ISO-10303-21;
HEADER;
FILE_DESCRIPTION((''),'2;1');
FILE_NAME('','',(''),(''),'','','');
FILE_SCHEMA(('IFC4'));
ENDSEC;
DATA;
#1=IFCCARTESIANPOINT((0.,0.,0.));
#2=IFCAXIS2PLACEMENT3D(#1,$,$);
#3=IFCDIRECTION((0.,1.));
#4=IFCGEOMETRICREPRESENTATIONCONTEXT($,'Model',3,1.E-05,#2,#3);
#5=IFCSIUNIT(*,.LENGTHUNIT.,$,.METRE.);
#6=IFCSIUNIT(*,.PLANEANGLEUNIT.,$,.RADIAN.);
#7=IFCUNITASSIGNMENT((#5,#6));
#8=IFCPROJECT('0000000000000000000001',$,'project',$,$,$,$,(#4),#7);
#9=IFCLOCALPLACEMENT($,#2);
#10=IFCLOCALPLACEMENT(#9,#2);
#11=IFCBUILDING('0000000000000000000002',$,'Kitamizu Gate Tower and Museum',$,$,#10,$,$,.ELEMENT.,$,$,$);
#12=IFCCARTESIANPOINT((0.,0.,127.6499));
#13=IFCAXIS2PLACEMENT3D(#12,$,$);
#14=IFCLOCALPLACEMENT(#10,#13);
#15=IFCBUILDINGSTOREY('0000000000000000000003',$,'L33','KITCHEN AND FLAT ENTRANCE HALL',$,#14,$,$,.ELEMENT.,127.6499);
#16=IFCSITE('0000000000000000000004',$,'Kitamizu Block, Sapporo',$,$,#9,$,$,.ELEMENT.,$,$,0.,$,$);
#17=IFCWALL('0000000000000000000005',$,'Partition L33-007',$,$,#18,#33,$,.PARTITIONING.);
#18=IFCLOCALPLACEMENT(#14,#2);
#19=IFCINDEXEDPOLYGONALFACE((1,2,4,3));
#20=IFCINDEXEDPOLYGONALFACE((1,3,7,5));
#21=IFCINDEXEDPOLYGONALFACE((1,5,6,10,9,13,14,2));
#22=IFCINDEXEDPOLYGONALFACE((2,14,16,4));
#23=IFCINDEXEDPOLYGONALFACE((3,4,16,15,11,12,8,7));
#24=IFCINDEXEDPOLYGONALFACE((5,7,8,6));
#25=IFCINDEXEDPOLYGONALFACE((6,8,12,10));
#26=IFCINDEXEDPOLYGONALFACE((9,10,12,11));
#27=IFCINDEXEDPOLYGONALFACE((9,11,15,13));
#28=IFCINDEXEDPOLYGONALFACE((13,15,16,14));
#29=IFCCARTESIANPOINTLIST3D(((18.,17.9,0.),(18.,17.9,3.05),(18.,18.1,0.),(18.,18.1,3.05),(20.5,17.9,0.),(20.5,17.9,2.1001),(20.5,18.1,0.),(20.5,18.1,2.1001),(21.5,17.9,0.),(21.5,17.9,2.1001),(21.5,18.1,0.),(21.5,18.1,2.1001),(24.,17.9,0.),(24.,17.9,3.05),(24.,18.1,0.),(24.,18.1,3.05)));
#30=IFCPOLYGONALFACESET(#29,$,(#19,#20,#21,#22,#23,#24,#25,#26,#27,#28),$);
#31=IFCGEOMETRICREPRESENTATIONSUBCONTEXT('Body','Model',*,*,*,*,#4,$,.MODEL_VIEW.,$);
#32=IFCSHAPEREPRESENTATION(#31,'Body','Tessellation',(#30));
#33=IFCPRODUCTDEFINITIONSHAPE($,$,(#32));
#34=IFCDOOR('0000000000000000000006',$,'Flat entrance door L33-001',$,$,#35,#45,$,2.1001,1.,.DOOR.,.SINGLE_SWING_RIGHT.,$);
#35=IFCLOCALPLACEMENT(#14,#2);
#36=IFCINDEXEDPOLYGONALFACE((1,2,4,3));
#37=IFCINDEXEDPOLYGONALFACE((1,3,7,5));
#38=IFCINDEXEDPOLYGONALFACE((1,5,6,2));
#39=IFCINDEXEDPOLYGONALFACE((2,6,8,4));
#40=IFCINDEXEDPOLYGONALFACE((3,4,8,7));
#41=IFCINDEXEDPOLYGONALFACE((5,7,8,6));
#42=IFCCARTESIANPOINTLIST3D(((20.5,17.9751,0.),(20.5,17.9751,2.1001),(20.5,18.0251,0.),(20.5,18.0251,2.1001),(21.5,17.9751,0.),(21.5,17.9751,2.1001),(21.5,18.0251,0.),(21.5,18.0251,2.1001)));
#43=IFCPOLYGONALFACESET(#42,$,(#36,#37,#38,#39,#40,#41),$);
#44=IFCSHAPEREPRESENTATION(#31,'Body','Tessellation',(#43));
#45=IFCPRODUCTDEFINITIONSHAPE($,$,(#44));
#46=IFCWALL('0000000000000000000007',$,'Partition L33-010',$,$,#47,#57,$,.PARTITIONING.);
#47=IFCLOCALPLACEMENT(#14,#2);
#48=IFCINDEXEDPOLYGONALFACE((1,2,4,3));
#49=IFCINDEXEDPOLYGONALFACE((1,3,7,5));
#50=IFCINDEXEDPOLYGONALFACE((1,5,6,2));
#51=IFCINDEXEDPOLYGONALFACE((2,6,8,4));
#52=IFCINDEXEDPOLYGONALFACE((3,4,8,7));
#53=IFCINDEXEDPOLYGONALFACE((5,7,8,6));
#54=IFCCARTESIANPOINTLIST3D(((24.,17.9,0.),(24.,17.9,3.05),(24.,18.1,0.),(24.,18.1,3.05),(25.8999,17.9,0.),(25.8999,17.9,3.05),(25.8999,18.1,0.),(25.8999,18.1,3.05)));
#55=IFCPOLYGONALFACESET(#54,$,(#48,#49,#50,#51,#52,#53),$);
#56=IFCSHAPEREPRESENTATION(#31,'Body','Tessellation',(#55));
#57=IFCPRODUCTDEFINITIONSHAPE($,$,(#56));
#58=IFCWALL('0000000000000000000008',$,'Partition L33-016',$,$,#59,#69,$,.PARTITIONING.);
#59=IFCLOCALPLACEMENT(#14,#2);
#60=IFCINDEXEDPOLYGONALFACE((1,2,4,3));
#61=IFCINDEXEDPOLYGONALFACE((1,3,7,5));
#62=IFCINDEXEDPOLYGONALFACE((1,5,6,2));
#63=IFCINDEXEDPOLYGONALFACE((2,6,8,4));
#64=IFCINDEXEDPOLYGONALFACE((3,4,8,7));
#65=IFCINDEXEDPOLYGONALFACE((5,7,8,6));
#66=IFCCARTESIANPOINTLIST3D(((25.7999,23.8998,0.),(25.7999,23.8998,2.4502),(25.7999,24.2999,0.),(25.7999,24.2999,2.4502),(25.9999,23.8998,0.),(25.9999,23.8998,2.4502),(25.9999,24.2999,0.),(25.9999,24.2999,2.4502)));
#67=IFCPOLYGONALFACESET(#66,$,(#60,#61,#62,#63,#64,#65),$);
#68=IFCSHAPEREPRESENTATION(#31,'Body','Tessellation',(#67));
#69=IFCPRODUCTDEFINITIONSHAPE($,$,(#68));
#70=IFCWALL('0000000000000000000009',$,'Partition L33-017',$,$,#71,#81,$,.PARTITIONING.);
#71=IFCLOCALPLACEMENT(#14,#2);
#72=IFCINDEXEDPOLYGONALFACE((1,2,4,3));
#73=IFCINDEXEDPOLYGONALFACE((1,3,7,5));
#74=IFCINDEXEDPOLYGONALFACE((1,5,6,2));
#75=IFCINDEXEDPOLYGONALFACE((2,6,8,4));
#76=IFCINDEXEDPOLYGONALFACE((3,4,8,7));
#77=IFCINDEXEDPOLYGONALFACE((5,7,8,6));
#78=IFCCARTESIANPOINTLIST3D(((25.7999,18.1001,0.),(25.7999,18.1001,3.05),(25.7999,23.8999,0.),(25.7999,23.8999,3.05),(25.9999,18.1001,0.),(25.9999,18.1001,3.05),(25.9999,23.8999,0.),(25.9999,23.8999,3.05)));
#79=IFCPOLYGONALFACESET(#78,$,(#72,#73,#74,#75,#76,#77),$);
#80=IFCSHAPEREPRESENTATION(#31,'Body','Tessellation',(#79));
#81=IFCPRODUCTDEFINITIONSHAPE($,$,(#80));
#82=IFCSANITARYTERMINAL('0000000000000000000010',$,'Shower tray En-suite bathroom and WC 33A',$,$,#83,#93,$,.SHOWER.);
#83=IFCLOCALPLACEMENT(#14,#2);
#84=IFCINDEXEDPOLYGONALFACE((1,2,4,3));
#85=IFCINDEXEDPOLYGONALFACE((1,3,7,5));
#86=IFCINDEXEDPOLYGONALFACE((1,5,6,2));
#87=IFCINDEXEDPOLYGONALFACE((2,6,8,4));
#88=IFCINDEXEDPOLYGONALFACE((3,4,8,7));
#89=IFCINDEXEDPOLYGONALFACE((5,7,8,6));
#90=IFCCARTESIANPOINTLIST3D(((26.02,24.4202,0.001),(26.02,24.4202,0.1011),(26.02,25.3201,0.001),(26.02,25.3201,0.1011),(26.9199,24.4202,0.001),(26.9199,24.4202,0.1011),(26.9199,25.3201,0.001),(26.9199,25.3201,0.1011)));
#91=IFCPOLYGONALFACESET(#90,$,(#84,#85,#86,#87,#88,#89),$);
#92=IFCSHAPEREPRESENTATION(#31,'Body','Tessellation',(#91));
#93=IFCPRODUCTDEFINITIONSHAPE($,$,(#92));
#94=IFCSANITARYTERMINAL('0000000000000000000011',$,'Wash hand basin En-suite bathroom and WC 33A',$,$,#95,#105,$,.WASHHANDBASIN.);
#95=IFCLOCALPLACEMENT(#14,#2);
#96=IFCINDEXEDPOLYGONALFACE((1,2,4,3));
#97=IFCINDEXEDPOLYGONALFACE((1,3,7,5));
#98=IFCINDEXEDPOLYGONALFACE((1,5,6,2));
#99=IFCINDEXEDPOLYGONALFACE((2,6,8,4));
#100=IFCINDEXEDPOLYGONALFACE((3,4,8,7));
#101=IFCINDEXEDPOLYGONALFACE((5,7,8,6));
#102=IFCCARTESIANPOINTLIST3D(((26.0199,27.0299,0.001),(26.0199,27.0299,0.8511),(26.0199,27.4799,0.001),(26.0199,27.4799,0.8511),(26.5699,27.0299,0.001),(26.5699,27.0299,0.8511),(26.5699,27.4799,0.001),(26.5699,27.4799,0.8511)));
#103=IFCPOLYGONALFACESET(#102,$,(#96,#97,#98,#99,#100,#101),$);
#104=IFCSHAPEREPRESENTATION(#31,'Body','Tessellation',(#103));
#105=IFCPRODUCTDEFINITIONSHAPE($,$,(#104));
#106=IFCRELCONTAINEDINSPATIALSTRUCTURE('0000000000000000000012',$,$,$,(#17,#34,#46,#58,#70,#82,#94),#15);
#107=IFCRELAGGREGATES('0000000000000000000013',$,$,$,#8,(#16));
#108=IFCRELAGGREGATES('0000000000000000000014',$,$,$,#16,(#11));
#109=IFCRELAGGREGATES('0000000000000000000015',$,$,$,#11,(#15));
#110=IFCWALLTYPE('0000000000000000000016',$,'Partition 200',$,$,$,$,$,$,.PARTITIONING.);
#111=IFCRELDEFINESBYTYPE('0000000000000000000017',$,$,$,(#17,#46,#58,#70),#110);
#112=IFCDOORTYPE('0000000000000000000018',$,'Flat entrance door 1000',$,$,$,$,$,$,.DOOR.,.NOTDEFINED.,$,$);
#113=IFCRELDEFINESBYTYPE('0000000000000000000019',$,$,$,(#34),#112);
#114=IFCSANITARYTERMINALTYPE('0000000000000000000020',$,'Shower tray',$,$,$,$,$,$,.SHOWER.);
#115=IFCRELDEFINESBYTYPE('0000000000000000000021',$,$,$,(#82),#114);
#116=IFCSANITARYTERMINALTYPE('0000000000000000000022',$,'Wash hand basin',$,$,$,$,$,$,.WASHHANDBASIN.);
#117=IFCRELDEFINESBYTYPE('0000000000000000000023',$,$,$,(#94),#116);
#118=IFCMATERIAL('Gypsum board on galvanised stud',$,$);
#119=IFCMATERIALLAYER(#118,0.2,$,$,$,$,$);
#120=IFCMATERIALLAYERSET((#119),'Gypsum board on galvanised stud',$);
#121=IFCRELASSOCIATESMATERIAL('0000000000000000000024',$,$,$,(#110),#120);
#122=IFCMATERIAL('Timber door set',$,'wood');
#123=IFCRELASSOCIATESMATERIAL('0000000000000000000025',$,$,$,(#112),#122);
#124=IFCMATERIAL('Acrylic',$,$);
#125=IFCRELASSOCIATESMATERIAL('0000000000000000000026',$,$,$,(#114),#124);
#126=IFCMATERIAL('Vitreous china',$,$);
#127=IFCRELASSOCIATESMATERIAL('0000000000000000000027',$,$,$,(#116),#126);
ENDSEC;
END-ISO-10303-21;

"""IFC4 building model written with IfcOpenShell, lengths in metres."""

from ifc_helpers import new_model, si_unit, direction, frame, frame_2d, origin, origin_2d, place, context, subcontext, project, spatial, rectangle, extrude, material, layer, layer_set, type_object, element, fill, save


model = new_model("IFC4")

# Units and contexts
model_context = context("Model", 3, precision=1e-05, world=origin(), true_north=direction((0.0, 1.0)))
body_context = subcontext(model_context, "Body", "Model", "MODEL_VIEW")
ifc_project = project(units=[si_unit("LENGTHUNIT", "METRE"), si_unit("PLANEANGLEUNIT", "RADIAN")], contexts=[model_context])

# Site, building, storey
site_placement = place(None, origin())
site = spatial("IfcSite", under=ifc_project, at=site_placement, Name="Kitamizu Block, Sapporo", CompositionType="ELEMENT", RefElevation=0.0)
building_placement = place(site_placement, origin())
building = spatial("IfcBuilding", under=site, at=building_placement, Name="Kitamizu Gate Tower and Museum", CompositionType="ELEMENT")
storey_placement = place(building_placement, frame((0.0, 0.0, 127.6499)))
storey = spatial("IfcBuildingStorey", under=building, at=storey_placement, Name="L33", Description="KITCHEN AND FLAT ENTRANCE HALL", CompositionType="ELEMENT", Elevation=127.6499)

# Wall, opening, door
ifc_material_1 = material(Name="Gypsum board on galvanised stud")
ifc_layer_1 = layer(ifc_material_1, 0.2)
ifc_layer_set_1 = layer_set([ifc_layer_1], Name="Gypsum board on galvanised stud")
wall_type_1 = type_object("IfcWallType", Name="Partition 200", PredefinedType="PARTITIONING", material=ifc_layer_set_1)
wall_1_placement = place(storey_placement, frame((24.0, 18.0, 0.0), z_axis=(0.0, 0.0, 1.0), x_axis=(-1.0, 0.0, 0.0)))
wall_1 = element("IfcWall", 1, at=wall_1_placement, inside=storey, type_object=wall_type_1, Name="Partition L33-007", PredefinedType="PARTITIONING", context=body_context, shape_type="SweptSolid", body=[
    extrude(rectangle(XDim=6.0, YDim=0.2, at=frame_2d((3.0, 0.0))), origin(), (0.0, 0.0, 1.0), 3.05),
])
opening_1_placement = place(wall_1_placement, frame((2.5, 0.0, 0.0)))
opening_1 = element("IfcOpeningElement", 2, at=opening_1_placement, cuts=wall_1, PredefinedType="OPENING", context=body_context, shape_type="SweptSolid", body=[
    extrude(rectangle(XDim=1.0, YDim=2.1001, at=frame_2d((0.5, 1.05))), frame((0.0, 0.1099, 0.0), z_axis=(0.0, -1.0, 0.0), x_axis=(1.0, 0.0, 0.0)), (0.0, 0.0, 1.0), 0.22),
])
ifc_material_2 = material(Name="Timber door set", Category="wood")
door_type_1 = type_object("IfcDoorType", Name="Flat entrance door 1000", OperationType="NOTDEFINED", PredefinedType="DOOR", material=ifc_material_2)
door_1_placement = place(opening_1_placement, origin())
door_1 = element("IfcDoor", 3, at=door_1_placement, inside=storey, type_object=door_type_1, Name="Flat entrance door L33-001", OperationType="SINGLE_SWING_RIGHT", OverallHeight=2.1001, OverallWidth=1.0, PredefinedType="DOOR", context=body_context, shape_type="SweptSolid", body=[
    extrude(rectangle(XDim=1.0, YDim=2.1001, at=frame_2d((0.5, 1.05))), frame((0.0, 0.0249, 0.0), z_axis=(0.0, -1.0, 0.0), x_axis=(1.0, 0.0, 0.0)), (0.0, 0.0, 1.0), 0.05),
])
fill(opening_1, door_1)

# Walls
wall_2_placement = place(storey_placement, frame((25.8999, 18.0, 0.0), z_axis=(0.0, 0.0, 1.0), x_axis=(-1.0, 0.0, 0.0)))
element("IfcWall", 4, at=wall_2_placement, inside=storey, type_object=wall_type_1, Name="Partition L33-010", PredefinedType="PARTITIONING", context=body_context, shape_type="SweptSolid", body=[
    extrude(rectangle(XDim=1.8999, YDim=0.2, at=frame_2d((0.95, 0.0))), origin(), (0.0, 0.0, 1.0), 3.05),
])
wall_3_placement = place(storey_placement, frame((25.8999, 24.3, 0.0), z_axis=(0.0, 0.0, 1.0), x_axis=(0.0, -1.0, 0.0)))
element("IfcWall", 5, at=wall_3_placement, inside=storey, type_object=wall_type_1, Name="Partition L33-016", PredefinedType="PARTITIONING", context=body_context, shape_type="SweptSolid", body=[
    extrude(rectangle(XDim=0.4001, YDim=0.2, at=frame_2d((0.2002, 0.0))), origin(), (0.0, 0.0, 1.0), 2.4502),
])
wall_4_placement = place(storey_placement, frame((25.8999, 23.8999, 0.0), z_axis=(0.0, 0.0, 1.0), x_axis=(0.0, -1.0, 0.0)))
element("IfcWall", 6, at=wall_4_placement, inside=storey, type_object=wall_type_1, Name="Partition L33-017", PredefinedType="PARTITIONING", context=body_context, shape_type="SweptSolid", body=[
    extrude(rectangle(XDim=5.7998, YDim=0.2, at=frame_2d((2.8999, 0.0))), origin(), (0.0, 0.0, 1.0), 3.05),
])

# Sanitary terminals
ifc_material_3 = material(Name="Acrylic")
sanitary_terminal_type_1 = type_object("IfcSanitaryTerminalType", Name="Shower tray", PredefinedType="SHOWER", material=ifc_material_3)
sanitary_terminal_1_placement = place(storey_placement, frame((26.47, 24.8701, 0.001), z_axis=(0.0, 0.0, 1.0), x_axis=(1.0, 0.0, 0.0)))
element("IfcSanitaryTerminal", 7, at=sanitary_terminal_1_placement, inside=storey, type_object=sanitary_terminal_type_1, Name="Shower tray En-suite bathroom and WC 33A", PredefinedType="SHOWER", context=body_context, shape_type="SweptSolid", body=[
    extrude(rectangle(XDim=0.8999, YDim=0.8999, at=origin_2d()), origin(), (0.0, 0.0, 1.0), 0.1001),
])
ifc_material_4 = material(Name="Vitreous china")
sanitary_terminal_type_2 = type_object("IfcSanitaryTerminalType", Name="Wash hand basin", PredefinedType="WASHHANDBASIN", material=ifc_material_4)
sanitary_terminal_2_placement = place(storey_placement, frame((26.2949, 27.2549, 0.001), z_axis=(0.0, 0.0, 1.0), x_axis=(1.0, 0.0, 0.0)))
element("IfcSanitaryTerminal", 8, at=sanitary_terminal_2_placement, inside=storey, type_object=sanitary_terminal_type_2, Name="Wash hand basin En-suite bathroom and WC 33A", PredefinedType="WASHHANDBASIN", context=body_context, shape_type="SweptSolid", body=[
    extrude(rectangle(XDim=0.55, YDim=0.45, at=origin_2d()), origin(), (0.0, 0.0, 1.0), 0.8501),
])

save(model, "model.ifc")
